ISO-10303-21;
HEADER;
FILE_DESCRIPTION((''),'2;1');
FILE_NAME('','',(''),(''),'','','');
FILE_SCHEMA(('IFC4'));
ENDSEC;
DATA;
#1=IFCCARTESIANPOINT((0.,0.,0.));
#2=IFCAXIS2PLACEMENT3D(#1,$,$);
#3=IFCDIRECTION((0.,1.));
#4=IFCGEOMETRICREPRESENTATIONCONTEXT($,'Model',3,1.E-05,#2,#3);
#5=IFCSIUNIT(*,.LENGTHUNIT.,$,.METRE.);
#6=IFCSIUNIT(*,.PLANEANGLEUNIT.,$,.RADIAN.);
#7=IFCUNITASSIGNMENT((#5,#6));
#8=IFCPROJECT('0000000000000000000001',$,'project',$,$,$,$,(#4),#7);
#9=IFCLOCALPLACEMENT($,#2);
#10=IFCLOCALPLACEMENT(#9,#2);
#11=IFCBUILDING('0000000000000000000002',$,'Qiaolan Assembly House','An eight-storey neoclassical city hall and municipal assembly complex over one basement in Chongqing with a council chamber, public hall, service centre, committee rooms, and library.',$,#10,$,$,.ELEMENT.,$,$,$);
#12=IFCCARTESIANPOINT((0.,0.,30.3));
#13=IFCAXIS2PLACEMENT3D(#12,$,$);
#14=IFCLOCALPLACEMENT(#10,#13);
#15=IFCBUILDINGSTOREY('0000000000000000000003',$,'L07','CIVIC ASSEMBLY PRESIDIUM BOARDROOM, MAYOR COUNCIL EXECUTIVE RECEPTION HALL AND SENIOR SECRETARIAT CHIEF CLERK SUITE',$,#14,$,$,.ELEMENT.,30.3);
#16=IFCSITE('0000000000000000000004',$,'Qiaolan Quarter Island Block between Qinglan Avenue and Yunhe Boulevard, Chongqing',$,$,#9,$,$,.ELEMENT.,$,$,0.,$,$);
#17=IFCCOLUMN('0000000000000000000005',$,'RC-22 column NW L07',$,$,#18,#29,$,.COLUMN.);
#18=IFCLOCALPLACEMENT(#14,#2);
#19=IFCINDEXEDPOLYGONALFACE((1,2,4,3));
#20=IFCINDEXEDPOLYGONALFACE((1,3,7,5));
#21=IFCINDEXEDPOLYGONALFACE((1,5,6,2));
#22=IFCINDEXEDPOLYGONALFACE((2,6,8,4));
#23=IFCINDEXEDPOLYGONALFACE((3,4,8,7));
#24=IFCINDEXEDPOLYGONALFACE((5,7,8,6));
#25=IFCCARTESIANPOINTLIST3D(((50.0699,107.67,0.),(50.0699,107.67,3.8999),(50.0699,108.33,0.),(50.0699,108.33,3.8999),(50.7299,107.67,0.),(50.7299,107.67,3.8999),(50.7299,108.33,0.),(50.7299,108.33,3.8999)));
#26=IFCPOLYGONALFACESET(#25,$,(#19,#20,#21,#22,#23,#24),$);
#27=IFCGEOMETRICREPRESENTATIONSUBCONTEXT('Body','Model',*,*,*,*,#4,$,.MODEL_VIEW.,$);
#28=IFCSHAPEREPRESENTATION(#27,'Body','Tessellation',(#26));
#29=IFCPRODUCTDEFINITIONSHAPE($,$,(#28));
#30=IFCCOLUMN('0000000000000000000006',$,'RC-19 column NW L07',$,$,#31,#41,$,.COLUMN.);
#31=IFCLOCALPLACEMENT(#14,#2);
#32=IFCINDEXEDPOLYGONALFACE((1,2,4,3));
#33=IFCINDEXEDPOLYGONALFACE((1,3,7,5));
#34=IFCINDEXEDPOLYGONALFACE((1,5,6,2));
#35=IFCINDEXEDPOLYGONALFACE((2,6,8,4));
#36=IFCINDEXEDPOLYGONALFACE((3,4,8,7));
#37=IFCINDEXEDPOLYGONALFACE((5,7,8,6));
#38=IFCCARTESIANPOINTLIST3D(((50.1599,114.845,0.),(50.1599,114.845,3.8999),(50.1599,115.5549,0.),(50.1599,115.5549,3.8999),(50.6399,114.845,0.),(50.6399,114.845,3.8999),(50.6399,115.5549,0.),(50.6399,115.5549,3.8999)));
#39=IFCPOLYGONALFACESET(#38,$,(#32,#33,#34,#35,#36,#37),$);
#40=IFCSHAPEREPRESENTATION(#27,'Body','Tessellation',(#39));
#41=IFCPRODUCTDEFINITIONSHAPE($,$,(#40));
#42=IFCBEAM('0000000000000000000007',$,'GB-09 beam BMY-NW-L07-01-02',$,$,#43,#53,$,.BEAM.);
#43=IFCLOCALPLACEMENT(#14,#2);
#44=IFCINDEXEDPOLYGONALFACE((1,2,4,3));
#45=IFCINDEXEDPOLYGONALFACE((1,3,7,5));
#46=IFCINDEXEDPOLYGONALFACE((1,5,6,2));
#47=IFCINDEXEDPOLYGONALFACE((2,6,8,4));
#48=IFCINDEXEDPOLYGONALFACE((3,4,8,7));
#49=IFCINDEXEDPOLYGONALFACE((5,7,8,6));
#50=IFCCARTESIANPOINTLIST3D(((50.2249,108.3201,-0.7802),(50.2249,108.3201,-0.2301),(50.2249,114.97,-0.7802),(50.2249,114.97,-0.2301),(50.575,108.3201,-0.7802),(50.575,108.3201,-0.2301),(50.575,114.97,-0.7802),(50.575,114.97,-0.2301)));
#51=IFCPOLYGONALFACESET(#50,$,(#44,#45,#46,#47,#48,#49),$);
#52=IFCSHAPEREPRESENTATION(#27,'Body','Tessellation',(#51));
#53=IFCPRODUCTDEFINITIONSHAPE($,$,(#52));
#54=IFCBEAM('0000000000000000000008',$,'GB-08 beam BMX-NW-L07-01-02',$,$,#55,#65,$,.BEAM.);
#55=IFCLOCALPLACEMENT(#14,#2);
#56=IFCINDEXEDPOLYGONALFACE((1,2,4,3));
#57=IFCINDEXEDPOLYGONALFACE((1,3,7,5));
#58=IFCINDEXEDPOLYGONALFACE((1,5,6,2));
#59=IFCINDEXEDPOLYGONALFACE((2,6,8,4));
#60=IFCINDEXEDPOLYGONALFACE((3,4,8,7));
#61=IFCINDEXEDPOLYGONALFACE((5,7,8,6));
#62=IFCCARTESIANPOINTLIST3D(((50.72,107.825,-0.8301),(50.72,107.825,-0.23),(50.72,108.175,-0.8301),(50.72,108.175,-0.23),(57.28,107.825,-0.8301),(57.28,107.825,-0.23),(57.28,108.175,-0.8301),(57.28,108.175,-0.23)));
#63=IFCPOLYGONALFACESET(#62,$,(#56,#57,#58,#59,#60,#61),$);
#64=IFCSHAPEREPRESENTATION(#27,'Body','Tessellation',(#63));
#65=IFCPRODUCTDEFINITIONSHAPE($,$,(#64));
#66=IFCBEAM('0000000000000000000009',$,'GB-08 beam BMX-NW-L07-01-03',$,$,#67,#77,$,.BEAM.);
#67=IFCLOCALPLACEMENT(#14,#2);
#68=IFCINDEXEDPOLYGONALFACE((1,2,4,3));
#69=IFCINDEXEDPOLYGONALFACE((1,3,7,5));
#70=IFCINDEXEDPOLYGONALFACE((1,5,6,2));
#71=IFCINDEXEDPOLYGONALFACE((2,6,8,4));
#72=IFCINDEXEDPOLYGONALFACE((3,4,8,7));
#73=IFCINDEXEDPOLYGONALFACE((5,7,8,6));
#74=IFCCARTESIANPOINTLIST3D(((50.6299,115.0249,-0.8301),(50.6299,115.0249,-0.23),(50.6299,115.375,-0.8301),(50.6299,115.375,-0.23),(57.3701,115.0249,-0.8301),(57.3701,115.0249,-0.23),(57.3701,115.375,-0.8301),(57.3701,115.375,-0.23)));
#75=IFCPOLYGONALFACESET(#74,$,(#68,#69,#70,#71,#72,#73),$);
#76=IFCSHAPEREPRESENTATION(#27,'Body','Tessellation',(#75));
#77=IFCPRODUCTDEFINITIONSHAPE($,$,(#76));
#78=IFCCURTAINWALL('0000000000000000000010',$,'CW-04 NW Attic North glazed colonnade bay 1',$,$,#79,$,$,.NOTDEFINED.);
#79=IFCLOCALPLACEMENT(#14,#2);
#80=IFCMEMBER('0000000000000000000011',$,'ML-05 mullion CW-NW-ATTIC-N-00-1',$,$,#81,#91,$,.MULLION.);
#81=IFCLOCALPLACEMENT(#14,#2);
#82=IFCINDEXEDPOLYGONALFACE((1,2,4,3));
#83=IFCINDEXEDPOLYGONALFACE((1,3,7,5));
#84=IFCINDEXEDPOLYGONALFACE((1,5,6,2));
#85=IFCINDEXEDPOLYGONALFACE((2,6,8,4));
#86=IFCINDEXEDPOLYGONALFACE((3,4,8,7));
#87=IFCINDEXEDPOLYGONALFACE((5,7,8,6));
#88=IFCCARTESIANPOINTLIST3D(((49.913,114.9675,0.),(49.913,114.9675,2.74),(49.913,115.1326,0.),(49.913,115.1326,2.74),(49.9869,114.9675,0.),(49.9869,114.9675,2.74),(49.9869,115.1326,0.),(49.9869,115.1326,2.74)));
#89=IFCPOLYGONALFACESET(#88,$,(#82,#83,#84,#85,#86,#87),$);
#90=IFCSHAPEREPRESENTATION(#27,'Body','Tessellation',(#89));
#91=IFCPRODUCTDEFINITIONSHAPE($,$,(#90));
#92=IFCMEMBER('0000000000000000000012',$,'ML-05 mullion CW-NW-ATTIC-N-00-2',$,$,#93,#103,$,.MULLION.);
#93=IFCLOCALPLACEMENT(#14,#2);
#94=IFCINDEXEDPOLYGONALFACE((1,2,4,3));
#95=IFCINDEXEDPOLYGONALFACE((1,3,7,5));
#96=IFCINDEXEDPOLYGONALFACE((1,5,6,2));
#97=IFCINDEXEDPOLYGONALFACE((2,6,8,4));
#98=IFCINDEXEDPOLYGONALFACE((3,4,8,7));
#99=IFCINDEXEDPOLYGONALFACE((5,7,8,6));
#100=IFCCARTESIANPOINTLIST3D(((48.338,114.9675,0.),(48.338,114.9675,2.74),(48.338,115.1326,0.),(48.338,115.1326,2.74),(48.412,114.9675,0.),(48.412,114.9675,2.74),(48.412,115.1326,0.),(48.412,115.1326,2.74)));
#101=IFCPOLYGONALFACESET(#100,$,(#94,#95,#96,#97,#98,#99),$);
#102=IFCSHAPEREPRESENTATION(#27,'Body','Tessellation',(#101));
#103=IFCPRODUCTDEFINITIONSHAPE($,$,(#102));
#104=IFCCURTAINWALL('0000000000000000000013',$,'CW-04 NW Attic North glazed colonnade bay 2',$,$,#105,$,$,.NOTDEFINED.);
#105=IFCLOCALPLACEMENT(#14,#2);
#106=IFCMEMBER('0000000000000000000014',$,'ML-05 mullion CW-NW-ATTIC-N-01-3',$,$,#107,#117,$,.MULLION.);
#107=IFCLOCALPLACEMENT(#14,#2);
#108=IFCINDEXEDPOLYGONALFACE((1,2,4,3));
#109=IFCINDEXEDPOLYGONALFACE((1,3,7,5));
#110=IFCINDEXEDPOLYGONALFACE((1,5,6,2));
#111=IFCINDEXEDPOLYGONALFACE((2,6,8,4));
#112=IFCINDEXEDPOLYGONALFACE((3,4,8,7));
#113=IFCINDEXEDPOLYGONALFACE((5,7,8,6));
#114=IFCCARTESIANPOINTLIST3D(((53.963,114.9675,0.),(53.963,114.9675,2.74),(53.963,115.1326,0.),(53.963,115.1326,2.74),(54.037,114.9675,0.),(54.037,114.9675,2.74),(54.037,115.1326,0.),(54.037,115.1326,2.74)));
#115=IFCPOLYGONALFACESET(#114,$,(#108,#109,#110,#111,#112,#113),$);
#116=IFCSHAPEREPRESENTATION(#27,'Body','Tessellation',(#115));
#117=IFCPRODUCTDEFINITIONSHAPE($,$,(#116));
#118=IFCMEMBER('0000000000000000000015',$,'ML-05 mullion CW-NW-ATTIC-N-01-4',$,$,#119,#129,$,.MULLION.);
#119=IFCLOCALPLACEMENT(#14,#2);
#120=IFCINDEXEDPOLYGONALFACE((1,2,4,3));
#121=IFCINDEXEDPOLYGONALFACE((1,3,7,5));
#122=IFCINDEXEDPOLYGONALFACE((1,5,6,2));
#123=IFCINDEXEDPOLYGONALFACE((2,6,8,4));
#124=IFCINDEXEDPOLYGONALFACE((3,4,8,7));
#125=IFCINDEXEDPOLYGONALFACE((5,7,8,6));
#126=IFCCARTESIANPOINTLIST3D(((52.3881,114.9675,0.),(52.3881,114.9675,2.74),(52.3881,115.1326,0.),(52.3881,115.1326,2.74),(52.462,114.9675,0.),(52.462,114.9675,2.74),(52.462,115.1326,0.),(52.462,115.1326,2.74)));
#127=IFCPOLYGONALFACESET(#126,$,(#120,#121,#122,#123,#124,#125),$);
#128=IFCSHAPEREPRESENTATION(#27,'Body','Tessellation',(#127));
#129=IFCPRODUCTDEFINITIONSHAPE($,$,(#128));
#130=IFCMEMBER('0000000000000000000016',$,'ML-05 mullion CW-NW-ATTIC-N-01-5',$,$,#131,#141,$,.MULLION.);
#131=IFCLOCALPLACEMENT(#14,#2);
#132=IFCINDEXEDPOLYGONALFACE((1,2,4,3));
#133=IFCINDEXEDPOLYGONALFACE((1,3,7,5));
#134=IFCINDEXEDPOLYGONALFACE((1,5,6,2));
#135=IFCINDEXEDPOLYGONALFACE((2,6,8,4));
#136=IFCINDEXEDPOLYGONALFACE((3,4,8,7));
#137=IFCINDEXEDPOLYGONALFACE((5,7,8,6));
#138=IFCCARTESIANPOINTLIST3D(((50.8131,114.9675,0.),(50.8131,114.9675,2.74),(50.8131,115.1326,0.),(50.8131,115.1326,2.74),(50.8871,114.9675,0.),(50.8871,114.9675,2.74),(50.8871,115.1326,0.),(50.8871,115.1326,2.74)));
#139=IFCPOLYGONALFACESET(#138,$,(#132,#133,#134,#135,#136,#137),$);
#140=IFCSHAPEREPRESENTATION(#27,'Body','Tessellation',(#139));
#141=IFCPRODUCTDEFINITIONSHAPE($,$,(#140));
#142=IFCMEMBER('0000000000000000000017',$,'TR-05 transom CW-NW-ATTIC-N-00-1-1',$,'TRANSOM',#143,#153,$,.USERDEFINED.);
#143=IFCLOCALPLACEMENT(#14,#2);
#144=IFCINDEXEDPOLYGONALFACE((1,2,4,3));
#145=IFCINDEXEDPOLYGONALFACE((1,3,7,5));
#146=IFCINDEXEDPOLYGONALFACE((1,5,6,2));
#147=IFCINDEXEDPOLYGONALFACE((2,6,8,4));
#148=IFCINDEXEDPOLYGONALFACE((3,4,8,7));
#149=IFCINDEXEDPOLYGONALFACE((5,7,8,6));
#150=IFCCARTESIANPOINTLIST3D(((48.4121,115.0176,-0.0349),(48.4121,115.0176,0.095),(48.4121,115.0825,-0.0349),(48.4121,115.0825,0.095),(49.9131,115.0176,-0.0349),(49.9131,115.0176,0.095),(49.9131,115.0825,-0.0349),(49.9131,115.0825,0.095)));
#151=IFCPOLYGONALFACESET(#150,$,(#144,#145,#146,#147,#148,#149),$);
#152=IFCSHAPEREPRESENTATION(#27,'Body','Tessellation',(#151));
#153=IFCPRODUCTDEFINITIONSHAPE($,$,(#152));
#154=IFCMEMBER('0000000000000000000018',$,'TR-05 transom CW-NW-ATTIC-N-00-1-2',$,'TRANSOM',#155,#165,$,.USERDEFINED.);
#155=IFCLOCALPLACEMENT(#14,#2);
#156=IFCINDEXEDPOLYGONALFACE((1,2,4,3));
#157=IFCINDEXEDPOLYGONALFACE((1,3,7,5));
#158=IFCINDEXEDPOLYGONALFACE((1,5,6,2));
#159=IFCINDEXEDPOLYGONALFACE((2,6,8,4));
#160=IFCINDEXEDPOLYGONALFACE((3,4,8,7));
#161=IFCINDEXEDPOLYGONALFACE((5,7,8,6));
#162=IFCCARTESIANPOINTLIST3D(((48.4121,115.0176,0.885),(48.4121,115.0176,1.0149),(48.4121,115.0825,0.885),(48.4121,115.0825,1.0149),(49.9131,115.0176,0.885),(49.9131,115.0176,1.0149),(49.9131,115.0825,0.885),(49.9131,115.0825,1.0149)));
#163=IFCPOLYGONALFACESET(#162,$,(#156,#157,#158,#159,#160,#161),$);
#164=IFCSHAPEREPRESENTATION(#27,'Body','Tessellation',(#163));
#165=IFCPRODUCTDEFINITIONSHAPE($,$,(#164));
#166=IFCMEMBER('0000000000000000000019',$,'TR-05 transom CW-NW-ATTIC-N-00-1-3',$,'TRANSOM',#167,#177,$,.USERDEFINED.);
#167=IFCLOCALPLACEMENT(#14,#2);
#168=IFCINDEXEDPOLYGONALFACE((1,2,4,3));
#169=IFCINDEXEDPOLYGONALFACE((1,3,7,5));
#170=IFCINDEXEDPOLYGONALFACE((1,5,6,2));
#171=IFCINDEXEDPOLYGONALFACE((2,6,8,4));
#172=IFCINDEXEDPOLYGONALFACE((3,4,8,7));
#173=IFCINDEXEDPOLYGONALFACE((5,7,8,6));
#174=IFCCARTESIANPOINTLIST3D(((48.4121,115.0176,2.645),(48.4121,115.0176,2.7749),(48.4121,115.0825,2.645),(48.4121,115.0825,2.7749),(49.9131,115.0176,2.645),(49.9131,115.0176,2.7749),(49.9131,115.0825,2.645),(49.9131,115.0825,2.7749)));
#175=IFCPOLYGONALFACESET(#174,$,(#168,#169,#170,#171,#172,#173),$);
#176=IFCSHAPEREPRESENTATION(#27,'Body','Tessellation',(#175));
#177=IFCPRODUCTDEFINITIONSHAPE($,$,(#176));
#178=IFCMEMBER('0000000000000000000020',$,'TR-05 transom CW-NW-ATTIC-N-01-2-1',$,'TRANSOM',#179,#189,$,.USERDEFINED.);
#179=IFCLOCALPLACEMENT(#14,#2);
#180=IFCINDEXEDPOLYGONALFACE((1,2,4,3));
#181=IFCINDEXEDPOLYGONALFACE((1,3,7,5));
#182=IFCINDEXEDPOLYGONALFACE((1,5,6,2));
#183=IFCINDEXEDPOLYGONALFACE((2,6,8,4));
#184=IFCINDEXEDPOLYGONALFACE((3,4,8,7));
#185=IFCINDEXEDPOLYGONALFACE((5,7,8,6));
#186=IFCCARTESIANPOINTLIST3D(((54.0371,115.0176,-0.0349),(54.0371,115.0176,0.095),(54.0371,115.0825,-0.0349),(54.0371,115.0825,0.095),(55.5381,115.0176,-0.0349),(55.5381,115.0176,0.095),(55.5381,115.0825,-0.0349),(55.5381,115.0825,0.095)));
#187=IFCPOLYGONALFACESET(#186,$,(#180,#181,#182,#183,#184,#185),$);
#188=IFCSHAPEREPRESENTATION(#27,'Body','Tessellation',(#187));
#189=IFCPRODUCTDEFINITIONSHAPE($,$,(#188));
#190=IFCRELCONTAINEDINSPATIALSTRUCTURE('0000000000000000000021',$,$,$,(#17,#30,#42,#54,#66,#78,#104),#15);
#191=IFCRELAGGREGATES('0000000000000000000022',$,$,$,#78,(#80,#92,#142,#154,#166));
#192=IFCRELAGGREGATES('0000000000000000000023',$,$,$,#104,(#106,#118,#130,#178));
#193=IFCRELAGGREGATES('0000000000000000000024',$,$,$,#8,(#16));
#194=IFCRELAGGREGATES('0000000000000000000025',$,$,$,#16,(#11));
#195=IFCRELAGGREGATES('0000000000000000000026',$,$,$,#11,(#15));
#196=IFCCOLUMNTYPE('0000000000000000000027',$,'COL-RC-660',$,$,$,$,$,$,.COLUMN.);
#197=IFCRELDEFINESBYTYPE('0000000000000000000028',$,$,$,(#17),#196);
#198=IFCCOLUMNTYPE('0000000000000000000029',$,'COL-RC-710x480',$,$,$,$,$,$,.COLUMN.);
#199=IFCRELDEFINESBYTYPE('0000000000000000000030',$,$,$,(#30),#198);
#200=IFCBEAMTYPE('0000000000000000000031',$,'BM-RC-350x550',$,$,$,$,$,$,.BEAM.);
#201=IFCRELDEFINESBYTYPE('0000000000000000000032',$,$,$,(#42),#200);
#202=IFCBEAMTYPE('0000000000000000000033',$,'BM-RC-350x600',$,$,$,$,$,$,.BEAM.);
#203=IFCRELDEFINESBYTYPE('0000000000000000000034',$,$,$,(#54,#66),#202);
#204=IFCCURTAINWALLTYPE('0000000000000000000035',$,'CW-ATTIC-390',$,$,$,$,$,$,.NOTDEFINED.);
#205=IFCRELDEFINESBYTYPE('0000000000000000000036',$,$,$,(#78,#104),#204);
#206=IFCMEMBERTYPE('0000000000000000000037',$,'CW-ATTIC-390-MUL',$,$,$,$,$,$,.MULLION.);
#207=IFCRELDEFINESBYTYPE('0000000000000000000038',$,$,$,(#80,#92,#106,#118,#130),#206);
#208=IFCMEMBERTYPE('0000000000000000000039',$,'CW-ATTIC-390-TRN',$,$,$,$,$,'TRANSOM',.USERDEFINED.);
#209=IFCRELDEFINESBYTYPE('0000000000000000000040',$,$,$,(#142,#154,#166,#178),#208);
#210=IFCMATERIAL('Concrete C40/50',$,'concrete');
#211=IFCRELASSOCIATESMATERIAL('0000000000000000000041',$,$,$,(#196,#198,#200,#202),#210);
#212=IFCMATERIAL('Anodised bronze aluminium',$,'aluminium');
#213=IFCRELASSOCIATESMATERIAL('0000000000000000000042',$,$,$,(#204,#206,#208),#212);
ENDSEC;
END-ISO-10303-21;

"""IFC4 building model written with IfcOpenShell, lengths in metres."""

from ifc_helpers import new_model, si_unit, direction, frame, origin, origin_2d, place, context, subcontext, project, spatial, rectangle, extrude, material, material_profile, profile_set, type_object, element, aggregate, save


model = new_model("IFC4")

# Units and contexts
model_context = context("Model", 3, precision=1e-05, world=origin(), true_north=direction((0.0, 1.0)))
body_context = subcontext(model_context, "Body", "Model", "MODEL_VIEW")
ifc_project = project(units=[si_unit("LENGTHUNIT", "METRE"), si_unit("PLANEANGLEUNIT", "RADIAN")], contexts=[model_context])

# Site, building, storey
site_placement = place(None, origin())
site = spatial("IfcSite", under=ifc_project, at=site_placement, Name="Qiaolan Quarter Island Block between Qinglan Avenue and Yunhe Boulevard, Chongqing", CompositionType="ELEMENT", RefElevation=0.0)
building_placement = place(site_placement, origin())
building = spatial("IfcBuilding", under=site, at=building_placement, Name="Qiaolan Assembly House", Description="An eight-storey neoclassical city hall and municipal assembly complex over one basement in Chongqing with a council chamber, public hall, service centre, committee rooms, and library.", CompositionType="ELEMENT")
storey_placement = place(building_placement, frame((0.0, 0.0, 30.3)))
storey = spatial("IfcBuildingStorey", under=building, at=storey_placement, Name="L07", Description="CIVIC ASSEMBLY PRESIDIUM BOARDROOM, MAYOR COUNCIL EXECUTIVE RECEPTION HALL AND SENIOR SECRETARIAT CHIEF CLERK SUITE", CompositionType="ELEMENT", Elevation=30.3)

# Columns
ifc_material_1 = material(Name="Concrete C40/50", Category="concrete")
ifc_material_profile_1 = material_profile(ifc_material_1, rectangle(XDim=0.6599, YDim=0.6599, at=origin_2d()), Name="RC 660x660")
ifc_profile_set_1 = profile_set([ifc_material_profile_1], Name="Concrete C40/50")
column_type_1 = type_object("IfcColumnType", Name="COL-RC-660", PredefinedType="COLUMN", material=ifc_profile_set_1)
column_1_placement = place(storey_placement, frame((50.3999, 108.0, 0.0), z_axis=(0.0, 0.0, 1.0), x_axis=(1.0, 0.0, 0.0)))
element("IfcColumn", 1, at=column_1_placement, inside=storey, type_object=column_type_1, Name="RC-22 column NW L07", PredefinedType="COLUMN", context=body_context, shape_type="SweptSolid", body=[
    extrude(rectangle(XDim=0.6599, YDim=0.6599, at=origin_2d()), origin(), (0.0, 0.0, 1.0), 3.8999),
])
ifc_material_profile_2 = material_profile(ifc_material_1, rectangle(XDim=0.48, YDim=0.71, at=origin_2d()), Name="RC 710x480")
ifc_profile_set_2 = profile_set([ifc_material_profile_2], Name="Concrete C40/50")
column_type_2 = type_object("IfcColumnType", Name="COL-RC-710x480", PredefinedType="COLUMN", material=ifc_profile_set_2)
column_2_placement = place(storey_placement, frame((50.3999, 115.2, 0.0), z_axis=(0.0, 0.0, 1.0), x_axis=(1.0, 0.0, 0.0)))
element("IfcColumn", 2, at=column_2_placement, inside=storey, type_object=column_type_2, Name="RC-19 column NW L07", PredefinedType="COLUMN", context=body_context, shape_type="SweptSolid", body=[
    extrude(rectangle(XDim=0.48, YDim=0.71, at=origin_2d()), origin(), (0.0, 0.0, 1.0), 3.8999),
])

# Beams
ifc_material_profile_3 = material_profile(ifc_material_1, rectangle(XDim=0.3501, YDim=0.55, at=origin_2d()), Name="RCB 350x550")
ifc_profile_set_3 = profile_set([ifc_material_profile_3], Name="Concrete C40/50")
beam_type_1 = type_object("IfcBeamType", Name="BM-RC-350x550", PredefinedType="BEAM", material=ifc_profile_set_3)
beam_1_placement = place(storey_placement, frame((50.3999, 108.3201, -0.5051), z_axis=(0.0, 1.0, 0.0), x_axis=(-1.0, 0.0, 0.0)))
element("IfcBeam", 3, at=beam_1_placement, inside=storey, type_object=beam_type_1, Name="GB-09 beam BMY-NW-L07-01-02", PredefinedType="BEAM", context=body_context, shape_type="SweptSolid", body=[
    extrude(rectangle(XDim=0.3501, YDim=0.55, at=origin_2d()), origin(), (0.0, 0.0, 1.0), 6.6499),
])
ifc_material_profile_4 = material_profile(ifc_material_1, rectangle(XDim=0.3501, YDim=0.6001, at=origin_2d()), Name="RCB 350x600")
ifc_profile_set_4 = profile_set([ifc_material_profile_4], Name="Concrete C40/50")
beam_type_2 = type_object("IfcBeamType", Name="BM-RC-350x600", PredefinedType="BEAM", material=ifc_profile_set_4)
beam_2_placement = place(storey_placement, frame((50.72, 108.0, -0.53), z_axis=(1.0, 0.0, 0.0), x_axis=(0.0, 1.0, 0.0)))
element("IfcBeam", 4, at=beam_2_placement, inside=storey, type_object=beam_type_2, Name="GB-08 beam BMX-NW-L07-01-02", PredefinedType="BEAM", context=body_context, shape_type="SweptSolid", body=[
    extrude(rectangle(XDim=0.3501, YDim=0.6001, at=origin_2d()), origin(), (0.0, 0.0, 1.0), 6.5601),
])
beam_3_placement = place(storey_placement, frame((50.6299, 115.2, -0.53), z_axis=(1.0, 0.0, 0.0), x_axis=(0.0, 1.0, 0.0)))
element("IfcBeam", 5, at=beam_3_placement, inside=storey, type_object=beam_type_2, Name="GB-08 beam BMX-NW-L07-01-03", PredefinedType="BEAM", context=body_context, shape_type="SweptSolid", body=[
    extrude(rectangle(XDim=0.3501, YDim=0.6001, at=origin_2d()), origin(), (0.0, 0.0, 1.0), 6.7402),
])

# Curtain walls, members
ifc_material_2 = material(Name="Anodised bronze aluminium", Category="aluminium")
curtain_wall_type = type_object("IfcCurtainWallType", Name="CW-ATTIC-390", PredefinedType="NOTDEFINED", material=ifc_material_2)
curtain_wall_1_placement = place(storey_placement, origin())
curtain_wall_1 = element("IfcCurtainWall", 6, at=curtain_wall_1_placement, inside=storey, type_object=curtain_wall_type, Name="CW-04 NW Attic North glazed colonnade bay 1", PredefinedType="NOTDEFINED")
ifc_material_profile_5 = material_profile(ifc_material_2, rectangle(XDim=0.074, YDim=0.165, at=origin_2d()), Name="MUL 74x165")
ifc_profile_set_5 = profile_set([ifc_material_profile_5], Name="Anodised bronze aluminium")
member_type_1 = type_object("IfcMemberType", Name="CW-ATTIC-390-MUL", PredefinedType="MULLION", material=ifc_profile_set_5)
member_1_placement = place(storey_placement, frame((49.95, 115.05, 0.0), z_axis=(0.0, 0.0, 1.0), x_axis=(-1.0, 0.0, 0.0)))
member_1 = element("IfcMember", 7, at=member_1_placement, type_object=member_type_1, Name="ML-05 mullion CW-NW-ATTIC-N-00-1", PredefinedType="MULLION", context=body_context, shape_type="SweptSolid", body=[
    extrude(rectangle(XDim=0.074, YDim=0.165, at=origin_2d()), origin(), (0.0, 0.0, 1.0), 2.74),
])
member_2_placement = place(storey_placement, frame((48.375, 115.05, 0.0), z_axis=(0.0, 0.0, 1.0), x_axis=(-1.0, 0.0, 0.0)))
member_2 = element("IfcMember", 8, at=member_2_placement, type_object=member_type_1, Name="ML-05 mullion CW-NW-ATTIC-N-00-2", PredefinedType="MULLION", context=body_context, shape_type="SweptSolid", body=[
    extrude(rectangle(XDim=0.074, YDim=0.165, at=origin_2d()), origin(), (0.0, 0.0, 1.0), 2.74),
])
curtain_wall_2_placement = place(storey_placement, origin())
curtain_wall_2 = element("IfcCurtainWall", 9, at=curtain_wall_2_placement, inside=storey, type_object=curtain_wall_type, Name="CW-04 NW Attic North glazed colonnade bay 2", PredefinedType="NOTDEFINED")
member_3_placement = place(storey_placement, frame((54.0, 115.05, 0.0), z_axis=(0.0, 0.0, 1.0), x_axis=(-1.0, 0.0, 0.0)))
member_3 = element("IfcMember", 10, at=member_3_placement, type_object=member_type_1, Name="ML-05 mullion CW-NW-ATTIC-N-01-3", PredefinedType="MULLION", context=body_context, shape_type="SweptSolid", body=[
    extrude(rectangle(XDim=0.074, YDim=0.165, at=origin_2d()), origin(), (0.0, 0.0, 1.0), 2.74),
])
member_4_placement = place(storey_placement, frame((52.425, 115.05, 0.0), z_axis=(0.0, 0.0, 1.0), x_axis=(-1.0, 0.0, 0.0)))
member_4 = element("IfcMember", 11, at=member_4_placement, type_object=member_type_1, Name="ML-05 mullion CW-NW-ATTIC-N-01-4", PredefinedType="MULLION", context=body_context, shape_type="SweptSolid", body=[
    extrude(rectangle(XDim=0.074, YDim=0.165, at=origin_2d()), origin(), (0.0, 0.0, 1.0), 2.74),
])
member_5_placement = place(storey_placement, frame((50.8501, 115.05, 0.0), z_axis=(0.0, 0.0, 1.0), x_axis=(-1.0, 0.0, 0.0)))
member_5 = element("IfcMember", 12, at=member_5_placement, type_object=member_type_1, Name="ML-05 mullion CW-NW-ATTIC-N-01-5", PredefinedType="MULLION", context=body_context, shape_type="SweptSolid", body=[
    extrude(rectangle(XDim=0.074, YDim=0.165, at=origin_2d()), origin(), (0.0, 0.0, 1.0), 2.74),
])

# Members
ifc_material_profile_6 = material_profile(ifc_material_2, rectangle(XDim=0.0649, YDim=0.1299, at=origin_2d()), Name="TRN 65x130")
ifc_profile_set_6 = profile_set([ifc_material_profile_6], Name="Anodised bronze aluminium")
member_type_2 = type_object("IfcMemberType", Name="CW-ATTIC-390-TRN", ElementType="TRANSOM", PredefinedType="USERDEFINED", material=ifc_profile_set_6)
member_6_placement = place(storey_placement, frame((49.9131, 115.05, 0.03), z_axis=(-1.0, 0.0, 0.0), x_axis=(0.0, -1.0, 0.0)))
member_6 = element("IfcMember", 13, at=member_6_placement, type_object=member_type_2, Name="TR-05 transom CW-NW-ATTIC-N-00-1-1", ObjectType="TRANSOM", PredefinedType="USERDEFINED", context=body_context, shape_type="SweptSolid", body=[
    extrude(rectangle(XDim=0.0649, YDim=0.1299, at=origin_2d()), origin(), (0.0, 0.0, 1.0), 1.501),
])
member_7_placement = place(storey_placement, frame((49.9131, 115.05, 0.95), z_axis=(-1.0, 0.0, 0.0), x_axis=(0.0, -1.0, 0.0)))
member_7 = element("IfcMember", 14, at=member_7_placement, type_object=member_type_2, Name="TR-05 transom CW-NW-ATTIC-N-00-1-2", ObjectType="TRANSOM", PredefinedType="USERDEFINED", context=body_context, shape_type="SweptSolid", body=[
    extrude(rectangle(XDim=0.0649, YDim=0.1299, at=origin_2d()), origin(), (0.0, 0.0, 1.0), 1.501),
])
member_8_placement = place(storey_placement, frame((49.9131, 115.05, 2.71), z_axis=(-1.0, 0.0, 0.0), x_axis=(0.0, -1.0, 0.0)))
member_8 = element("IfcMember", 15, at=member_8_placement, type_object=member_type_2, Name="TR-05 transom CW-NW-ATTIC-N-00-1-3", ObjectType="TRANSOM", PredefinedType="USERDEFINED", context=body_context, shape_type="SweptSolid", body=[
    extrude(rectangle(XDim=0.0649, YDim=0.1299, at=origin_2d()), origin(), (0.0, 0.0, 1.0), 1.501),
])
member_9_placement = place(storey_placement, frame((55.5381, 115.05, 0.03), z_axis=(-1.0, 0.0, 0.0), x_axis=(0.0, -1.0, 0.0)))
member_9 = element("IfcMember", 16, at=member_9_placement, type_object=member_type_2, Name="TR-05 transom CW-NW-ATTIC-N-01-2-1", ObjectType="TRANSOM", PredefinedType="USERDEFINED", context=body_context, shape_type="SweptSolid", body=[
    extrude(rectangle(XDim=0.0649, YDim=0.1299, at=origin_2d()), origin(), (0.0, 0.0, 1.0), 1.501),
])

aggregate(curtain_wall_1, [member_1, member_2, member_6, member_7, member_8])
aggregate(curtain_wall_2, [member_3, member_4, member_5, member_9])

save(model, "model.ifc")
